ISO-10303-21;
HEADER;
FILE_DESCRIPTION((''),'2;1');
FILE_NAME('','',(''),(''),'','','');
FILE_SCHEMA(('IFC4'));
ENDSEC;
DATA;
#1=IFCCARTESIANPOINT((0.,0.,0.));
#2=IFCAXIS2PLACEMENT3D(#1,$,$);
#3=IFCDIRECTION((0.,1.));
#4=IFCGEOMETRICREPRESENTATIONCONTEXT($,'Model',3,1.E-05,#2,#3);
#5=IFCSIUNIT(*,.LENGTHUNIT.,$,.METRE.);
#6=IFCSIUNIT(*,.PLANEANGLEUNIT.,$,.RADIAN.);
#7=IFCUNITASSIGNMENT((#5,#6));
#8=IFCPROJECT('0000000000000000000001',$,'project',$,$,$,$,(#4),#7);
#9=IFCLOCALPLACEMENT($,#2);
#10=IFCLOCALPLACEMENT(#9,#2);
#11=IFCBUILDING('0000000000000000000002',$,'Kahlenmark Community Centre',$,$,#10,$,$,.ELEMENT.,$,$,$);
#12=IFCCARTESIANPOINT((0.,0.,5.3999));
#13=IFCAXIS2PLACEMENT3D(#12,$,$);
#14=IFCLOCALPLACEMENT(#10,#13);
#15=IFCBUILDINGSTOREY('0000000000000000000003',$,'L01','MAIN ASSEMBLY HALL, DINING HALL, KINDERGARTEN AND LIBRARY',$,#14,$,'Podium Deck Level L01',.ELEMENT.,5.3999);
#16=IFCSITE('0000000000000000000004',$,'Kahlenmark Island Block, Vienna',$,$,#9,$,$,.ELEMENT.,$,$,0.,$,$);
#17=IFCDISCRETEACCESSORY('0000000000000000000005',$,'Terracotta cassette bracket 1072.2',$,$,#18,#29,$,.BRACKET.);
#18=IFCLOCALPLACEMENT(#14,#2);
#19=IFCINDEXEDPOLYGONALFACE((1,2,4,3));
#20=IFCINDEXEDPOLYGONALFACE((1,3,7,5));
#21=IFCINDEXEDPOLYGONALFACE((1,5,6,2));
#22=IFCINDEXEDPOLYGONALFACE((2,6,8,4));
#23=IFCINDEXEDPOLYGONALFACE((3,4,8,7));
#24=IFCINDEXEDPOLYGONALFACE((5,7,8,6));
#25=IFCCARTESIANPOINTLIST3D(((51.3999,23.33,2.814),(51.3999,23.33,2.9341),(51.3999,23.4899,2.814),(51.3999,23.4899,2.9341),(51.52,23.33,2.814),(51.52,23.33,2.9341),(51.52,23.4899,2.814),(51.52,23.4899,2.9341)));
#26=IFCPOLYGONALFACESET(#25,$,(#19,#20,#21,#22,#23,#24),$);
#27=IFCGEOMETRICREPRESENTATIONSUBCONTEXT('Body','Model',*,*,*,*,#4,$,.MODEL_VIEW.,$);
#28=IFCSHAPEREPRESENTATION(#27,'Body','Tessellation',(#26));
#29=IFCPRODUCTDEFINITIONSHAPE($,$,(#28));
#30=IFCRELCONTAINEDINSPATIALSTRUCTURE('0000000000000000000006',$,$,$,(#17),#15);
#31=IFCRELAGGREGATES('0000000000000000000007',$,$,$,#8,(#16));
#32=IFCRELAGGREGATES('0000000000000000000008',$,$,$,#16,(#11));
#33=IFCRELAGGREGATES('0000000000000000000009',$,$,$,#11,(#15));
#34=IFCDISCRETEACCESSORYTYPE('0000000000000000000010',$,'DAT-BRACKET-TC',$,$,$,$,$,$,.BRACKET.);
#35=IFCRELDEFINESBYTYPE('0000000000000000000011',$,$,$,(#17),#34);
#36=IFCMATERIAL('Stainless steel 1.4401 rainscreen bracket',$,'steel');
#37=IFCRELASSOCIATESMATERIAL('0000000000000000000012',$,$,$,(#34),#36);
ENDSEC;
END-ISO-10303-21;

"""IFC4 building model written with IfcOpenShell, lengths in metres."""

from ifc_helpers import new_model, si_unit, direction, frame, origin, origin_2d, place, context, subcontext, project, spatial, rectangle, extrude, material, type_object, element, save


model = new_model("IFC4")

# Units and contexts
model_context = context("Model", 3, precision=1e-05, world=origin(), true_north=direction((0.0, 1.0)))
body_context = subcontext(model_context, "Body", "Model", "MODEL_VIEW")
ifc_project = project(units=[si_unit("LENGTHUNIT", "METRE"), si_unit("PLANEANGLEUNIT", "RADIAN")], contexts=[model_context])

# Site, building, storey
site_placement = place(None, origin())
site = spatial("IfcSite", under=ifc_project, at=site_placement, Name="Kahlenmark Island Block, Vienna", CompositionType="ELEMENT", RefElevation=0.0)
building_placement = place(site_placement, origin())
building = spatial("IfcBuilding", under=site, at=building_placement, Name="Kahlenmark Community Centre", CompositionType="ELEMENT")
storey_placement = place(building_placement, frame((0.0, 0.0, 5.3999)))
storey = spatial("IfcBuildingStorey", under=building, at=storey_placement, Name="L01", Description="MAIN ASSEMBLY HALL, DINING HALL, KINDERGARTEN AND LIBRARY", LongName="Podium Deck Level L01", CompositionType="ELEMENT", Elevation=5.3999)

# Discrete accessory
ifc_material_1 = material(Name="Stainless steel 1.4401 rainscreen bracket", Category="steel")
discrete_accessory_type = type_object("IfcDiscreteAccessoryType", Name="DAT-BRACKET-TC", PredefinedType="BRACKET", material=ifc_material_1)
for number, where, z_axis, x_axis, name in (
    (1, (51.46, 23.4099, 2.814), (0.0, 0.0, 1.0), (-1.0, 0.0, 0.0), "Terracotta cassette bracket 1072.2"),
):
    element("IfcDiscreteAccessory", number, at=place(storey_placement, frame(where, z_axis=z_axis, x_axis=x_axis)), inside=storey, type_object=discrete_accessory_type, Name=name, PredefinedType="BRACKET", context=body_context, shape_type="SweptSolid", body=[
        extrude(rectangle(XDim=0.1201, YDim=0.1599, at=origin_2d()), origin(), (0.0, 0.0, 1.0), 0.1201),
    ])

save(model, "model.ifc")
